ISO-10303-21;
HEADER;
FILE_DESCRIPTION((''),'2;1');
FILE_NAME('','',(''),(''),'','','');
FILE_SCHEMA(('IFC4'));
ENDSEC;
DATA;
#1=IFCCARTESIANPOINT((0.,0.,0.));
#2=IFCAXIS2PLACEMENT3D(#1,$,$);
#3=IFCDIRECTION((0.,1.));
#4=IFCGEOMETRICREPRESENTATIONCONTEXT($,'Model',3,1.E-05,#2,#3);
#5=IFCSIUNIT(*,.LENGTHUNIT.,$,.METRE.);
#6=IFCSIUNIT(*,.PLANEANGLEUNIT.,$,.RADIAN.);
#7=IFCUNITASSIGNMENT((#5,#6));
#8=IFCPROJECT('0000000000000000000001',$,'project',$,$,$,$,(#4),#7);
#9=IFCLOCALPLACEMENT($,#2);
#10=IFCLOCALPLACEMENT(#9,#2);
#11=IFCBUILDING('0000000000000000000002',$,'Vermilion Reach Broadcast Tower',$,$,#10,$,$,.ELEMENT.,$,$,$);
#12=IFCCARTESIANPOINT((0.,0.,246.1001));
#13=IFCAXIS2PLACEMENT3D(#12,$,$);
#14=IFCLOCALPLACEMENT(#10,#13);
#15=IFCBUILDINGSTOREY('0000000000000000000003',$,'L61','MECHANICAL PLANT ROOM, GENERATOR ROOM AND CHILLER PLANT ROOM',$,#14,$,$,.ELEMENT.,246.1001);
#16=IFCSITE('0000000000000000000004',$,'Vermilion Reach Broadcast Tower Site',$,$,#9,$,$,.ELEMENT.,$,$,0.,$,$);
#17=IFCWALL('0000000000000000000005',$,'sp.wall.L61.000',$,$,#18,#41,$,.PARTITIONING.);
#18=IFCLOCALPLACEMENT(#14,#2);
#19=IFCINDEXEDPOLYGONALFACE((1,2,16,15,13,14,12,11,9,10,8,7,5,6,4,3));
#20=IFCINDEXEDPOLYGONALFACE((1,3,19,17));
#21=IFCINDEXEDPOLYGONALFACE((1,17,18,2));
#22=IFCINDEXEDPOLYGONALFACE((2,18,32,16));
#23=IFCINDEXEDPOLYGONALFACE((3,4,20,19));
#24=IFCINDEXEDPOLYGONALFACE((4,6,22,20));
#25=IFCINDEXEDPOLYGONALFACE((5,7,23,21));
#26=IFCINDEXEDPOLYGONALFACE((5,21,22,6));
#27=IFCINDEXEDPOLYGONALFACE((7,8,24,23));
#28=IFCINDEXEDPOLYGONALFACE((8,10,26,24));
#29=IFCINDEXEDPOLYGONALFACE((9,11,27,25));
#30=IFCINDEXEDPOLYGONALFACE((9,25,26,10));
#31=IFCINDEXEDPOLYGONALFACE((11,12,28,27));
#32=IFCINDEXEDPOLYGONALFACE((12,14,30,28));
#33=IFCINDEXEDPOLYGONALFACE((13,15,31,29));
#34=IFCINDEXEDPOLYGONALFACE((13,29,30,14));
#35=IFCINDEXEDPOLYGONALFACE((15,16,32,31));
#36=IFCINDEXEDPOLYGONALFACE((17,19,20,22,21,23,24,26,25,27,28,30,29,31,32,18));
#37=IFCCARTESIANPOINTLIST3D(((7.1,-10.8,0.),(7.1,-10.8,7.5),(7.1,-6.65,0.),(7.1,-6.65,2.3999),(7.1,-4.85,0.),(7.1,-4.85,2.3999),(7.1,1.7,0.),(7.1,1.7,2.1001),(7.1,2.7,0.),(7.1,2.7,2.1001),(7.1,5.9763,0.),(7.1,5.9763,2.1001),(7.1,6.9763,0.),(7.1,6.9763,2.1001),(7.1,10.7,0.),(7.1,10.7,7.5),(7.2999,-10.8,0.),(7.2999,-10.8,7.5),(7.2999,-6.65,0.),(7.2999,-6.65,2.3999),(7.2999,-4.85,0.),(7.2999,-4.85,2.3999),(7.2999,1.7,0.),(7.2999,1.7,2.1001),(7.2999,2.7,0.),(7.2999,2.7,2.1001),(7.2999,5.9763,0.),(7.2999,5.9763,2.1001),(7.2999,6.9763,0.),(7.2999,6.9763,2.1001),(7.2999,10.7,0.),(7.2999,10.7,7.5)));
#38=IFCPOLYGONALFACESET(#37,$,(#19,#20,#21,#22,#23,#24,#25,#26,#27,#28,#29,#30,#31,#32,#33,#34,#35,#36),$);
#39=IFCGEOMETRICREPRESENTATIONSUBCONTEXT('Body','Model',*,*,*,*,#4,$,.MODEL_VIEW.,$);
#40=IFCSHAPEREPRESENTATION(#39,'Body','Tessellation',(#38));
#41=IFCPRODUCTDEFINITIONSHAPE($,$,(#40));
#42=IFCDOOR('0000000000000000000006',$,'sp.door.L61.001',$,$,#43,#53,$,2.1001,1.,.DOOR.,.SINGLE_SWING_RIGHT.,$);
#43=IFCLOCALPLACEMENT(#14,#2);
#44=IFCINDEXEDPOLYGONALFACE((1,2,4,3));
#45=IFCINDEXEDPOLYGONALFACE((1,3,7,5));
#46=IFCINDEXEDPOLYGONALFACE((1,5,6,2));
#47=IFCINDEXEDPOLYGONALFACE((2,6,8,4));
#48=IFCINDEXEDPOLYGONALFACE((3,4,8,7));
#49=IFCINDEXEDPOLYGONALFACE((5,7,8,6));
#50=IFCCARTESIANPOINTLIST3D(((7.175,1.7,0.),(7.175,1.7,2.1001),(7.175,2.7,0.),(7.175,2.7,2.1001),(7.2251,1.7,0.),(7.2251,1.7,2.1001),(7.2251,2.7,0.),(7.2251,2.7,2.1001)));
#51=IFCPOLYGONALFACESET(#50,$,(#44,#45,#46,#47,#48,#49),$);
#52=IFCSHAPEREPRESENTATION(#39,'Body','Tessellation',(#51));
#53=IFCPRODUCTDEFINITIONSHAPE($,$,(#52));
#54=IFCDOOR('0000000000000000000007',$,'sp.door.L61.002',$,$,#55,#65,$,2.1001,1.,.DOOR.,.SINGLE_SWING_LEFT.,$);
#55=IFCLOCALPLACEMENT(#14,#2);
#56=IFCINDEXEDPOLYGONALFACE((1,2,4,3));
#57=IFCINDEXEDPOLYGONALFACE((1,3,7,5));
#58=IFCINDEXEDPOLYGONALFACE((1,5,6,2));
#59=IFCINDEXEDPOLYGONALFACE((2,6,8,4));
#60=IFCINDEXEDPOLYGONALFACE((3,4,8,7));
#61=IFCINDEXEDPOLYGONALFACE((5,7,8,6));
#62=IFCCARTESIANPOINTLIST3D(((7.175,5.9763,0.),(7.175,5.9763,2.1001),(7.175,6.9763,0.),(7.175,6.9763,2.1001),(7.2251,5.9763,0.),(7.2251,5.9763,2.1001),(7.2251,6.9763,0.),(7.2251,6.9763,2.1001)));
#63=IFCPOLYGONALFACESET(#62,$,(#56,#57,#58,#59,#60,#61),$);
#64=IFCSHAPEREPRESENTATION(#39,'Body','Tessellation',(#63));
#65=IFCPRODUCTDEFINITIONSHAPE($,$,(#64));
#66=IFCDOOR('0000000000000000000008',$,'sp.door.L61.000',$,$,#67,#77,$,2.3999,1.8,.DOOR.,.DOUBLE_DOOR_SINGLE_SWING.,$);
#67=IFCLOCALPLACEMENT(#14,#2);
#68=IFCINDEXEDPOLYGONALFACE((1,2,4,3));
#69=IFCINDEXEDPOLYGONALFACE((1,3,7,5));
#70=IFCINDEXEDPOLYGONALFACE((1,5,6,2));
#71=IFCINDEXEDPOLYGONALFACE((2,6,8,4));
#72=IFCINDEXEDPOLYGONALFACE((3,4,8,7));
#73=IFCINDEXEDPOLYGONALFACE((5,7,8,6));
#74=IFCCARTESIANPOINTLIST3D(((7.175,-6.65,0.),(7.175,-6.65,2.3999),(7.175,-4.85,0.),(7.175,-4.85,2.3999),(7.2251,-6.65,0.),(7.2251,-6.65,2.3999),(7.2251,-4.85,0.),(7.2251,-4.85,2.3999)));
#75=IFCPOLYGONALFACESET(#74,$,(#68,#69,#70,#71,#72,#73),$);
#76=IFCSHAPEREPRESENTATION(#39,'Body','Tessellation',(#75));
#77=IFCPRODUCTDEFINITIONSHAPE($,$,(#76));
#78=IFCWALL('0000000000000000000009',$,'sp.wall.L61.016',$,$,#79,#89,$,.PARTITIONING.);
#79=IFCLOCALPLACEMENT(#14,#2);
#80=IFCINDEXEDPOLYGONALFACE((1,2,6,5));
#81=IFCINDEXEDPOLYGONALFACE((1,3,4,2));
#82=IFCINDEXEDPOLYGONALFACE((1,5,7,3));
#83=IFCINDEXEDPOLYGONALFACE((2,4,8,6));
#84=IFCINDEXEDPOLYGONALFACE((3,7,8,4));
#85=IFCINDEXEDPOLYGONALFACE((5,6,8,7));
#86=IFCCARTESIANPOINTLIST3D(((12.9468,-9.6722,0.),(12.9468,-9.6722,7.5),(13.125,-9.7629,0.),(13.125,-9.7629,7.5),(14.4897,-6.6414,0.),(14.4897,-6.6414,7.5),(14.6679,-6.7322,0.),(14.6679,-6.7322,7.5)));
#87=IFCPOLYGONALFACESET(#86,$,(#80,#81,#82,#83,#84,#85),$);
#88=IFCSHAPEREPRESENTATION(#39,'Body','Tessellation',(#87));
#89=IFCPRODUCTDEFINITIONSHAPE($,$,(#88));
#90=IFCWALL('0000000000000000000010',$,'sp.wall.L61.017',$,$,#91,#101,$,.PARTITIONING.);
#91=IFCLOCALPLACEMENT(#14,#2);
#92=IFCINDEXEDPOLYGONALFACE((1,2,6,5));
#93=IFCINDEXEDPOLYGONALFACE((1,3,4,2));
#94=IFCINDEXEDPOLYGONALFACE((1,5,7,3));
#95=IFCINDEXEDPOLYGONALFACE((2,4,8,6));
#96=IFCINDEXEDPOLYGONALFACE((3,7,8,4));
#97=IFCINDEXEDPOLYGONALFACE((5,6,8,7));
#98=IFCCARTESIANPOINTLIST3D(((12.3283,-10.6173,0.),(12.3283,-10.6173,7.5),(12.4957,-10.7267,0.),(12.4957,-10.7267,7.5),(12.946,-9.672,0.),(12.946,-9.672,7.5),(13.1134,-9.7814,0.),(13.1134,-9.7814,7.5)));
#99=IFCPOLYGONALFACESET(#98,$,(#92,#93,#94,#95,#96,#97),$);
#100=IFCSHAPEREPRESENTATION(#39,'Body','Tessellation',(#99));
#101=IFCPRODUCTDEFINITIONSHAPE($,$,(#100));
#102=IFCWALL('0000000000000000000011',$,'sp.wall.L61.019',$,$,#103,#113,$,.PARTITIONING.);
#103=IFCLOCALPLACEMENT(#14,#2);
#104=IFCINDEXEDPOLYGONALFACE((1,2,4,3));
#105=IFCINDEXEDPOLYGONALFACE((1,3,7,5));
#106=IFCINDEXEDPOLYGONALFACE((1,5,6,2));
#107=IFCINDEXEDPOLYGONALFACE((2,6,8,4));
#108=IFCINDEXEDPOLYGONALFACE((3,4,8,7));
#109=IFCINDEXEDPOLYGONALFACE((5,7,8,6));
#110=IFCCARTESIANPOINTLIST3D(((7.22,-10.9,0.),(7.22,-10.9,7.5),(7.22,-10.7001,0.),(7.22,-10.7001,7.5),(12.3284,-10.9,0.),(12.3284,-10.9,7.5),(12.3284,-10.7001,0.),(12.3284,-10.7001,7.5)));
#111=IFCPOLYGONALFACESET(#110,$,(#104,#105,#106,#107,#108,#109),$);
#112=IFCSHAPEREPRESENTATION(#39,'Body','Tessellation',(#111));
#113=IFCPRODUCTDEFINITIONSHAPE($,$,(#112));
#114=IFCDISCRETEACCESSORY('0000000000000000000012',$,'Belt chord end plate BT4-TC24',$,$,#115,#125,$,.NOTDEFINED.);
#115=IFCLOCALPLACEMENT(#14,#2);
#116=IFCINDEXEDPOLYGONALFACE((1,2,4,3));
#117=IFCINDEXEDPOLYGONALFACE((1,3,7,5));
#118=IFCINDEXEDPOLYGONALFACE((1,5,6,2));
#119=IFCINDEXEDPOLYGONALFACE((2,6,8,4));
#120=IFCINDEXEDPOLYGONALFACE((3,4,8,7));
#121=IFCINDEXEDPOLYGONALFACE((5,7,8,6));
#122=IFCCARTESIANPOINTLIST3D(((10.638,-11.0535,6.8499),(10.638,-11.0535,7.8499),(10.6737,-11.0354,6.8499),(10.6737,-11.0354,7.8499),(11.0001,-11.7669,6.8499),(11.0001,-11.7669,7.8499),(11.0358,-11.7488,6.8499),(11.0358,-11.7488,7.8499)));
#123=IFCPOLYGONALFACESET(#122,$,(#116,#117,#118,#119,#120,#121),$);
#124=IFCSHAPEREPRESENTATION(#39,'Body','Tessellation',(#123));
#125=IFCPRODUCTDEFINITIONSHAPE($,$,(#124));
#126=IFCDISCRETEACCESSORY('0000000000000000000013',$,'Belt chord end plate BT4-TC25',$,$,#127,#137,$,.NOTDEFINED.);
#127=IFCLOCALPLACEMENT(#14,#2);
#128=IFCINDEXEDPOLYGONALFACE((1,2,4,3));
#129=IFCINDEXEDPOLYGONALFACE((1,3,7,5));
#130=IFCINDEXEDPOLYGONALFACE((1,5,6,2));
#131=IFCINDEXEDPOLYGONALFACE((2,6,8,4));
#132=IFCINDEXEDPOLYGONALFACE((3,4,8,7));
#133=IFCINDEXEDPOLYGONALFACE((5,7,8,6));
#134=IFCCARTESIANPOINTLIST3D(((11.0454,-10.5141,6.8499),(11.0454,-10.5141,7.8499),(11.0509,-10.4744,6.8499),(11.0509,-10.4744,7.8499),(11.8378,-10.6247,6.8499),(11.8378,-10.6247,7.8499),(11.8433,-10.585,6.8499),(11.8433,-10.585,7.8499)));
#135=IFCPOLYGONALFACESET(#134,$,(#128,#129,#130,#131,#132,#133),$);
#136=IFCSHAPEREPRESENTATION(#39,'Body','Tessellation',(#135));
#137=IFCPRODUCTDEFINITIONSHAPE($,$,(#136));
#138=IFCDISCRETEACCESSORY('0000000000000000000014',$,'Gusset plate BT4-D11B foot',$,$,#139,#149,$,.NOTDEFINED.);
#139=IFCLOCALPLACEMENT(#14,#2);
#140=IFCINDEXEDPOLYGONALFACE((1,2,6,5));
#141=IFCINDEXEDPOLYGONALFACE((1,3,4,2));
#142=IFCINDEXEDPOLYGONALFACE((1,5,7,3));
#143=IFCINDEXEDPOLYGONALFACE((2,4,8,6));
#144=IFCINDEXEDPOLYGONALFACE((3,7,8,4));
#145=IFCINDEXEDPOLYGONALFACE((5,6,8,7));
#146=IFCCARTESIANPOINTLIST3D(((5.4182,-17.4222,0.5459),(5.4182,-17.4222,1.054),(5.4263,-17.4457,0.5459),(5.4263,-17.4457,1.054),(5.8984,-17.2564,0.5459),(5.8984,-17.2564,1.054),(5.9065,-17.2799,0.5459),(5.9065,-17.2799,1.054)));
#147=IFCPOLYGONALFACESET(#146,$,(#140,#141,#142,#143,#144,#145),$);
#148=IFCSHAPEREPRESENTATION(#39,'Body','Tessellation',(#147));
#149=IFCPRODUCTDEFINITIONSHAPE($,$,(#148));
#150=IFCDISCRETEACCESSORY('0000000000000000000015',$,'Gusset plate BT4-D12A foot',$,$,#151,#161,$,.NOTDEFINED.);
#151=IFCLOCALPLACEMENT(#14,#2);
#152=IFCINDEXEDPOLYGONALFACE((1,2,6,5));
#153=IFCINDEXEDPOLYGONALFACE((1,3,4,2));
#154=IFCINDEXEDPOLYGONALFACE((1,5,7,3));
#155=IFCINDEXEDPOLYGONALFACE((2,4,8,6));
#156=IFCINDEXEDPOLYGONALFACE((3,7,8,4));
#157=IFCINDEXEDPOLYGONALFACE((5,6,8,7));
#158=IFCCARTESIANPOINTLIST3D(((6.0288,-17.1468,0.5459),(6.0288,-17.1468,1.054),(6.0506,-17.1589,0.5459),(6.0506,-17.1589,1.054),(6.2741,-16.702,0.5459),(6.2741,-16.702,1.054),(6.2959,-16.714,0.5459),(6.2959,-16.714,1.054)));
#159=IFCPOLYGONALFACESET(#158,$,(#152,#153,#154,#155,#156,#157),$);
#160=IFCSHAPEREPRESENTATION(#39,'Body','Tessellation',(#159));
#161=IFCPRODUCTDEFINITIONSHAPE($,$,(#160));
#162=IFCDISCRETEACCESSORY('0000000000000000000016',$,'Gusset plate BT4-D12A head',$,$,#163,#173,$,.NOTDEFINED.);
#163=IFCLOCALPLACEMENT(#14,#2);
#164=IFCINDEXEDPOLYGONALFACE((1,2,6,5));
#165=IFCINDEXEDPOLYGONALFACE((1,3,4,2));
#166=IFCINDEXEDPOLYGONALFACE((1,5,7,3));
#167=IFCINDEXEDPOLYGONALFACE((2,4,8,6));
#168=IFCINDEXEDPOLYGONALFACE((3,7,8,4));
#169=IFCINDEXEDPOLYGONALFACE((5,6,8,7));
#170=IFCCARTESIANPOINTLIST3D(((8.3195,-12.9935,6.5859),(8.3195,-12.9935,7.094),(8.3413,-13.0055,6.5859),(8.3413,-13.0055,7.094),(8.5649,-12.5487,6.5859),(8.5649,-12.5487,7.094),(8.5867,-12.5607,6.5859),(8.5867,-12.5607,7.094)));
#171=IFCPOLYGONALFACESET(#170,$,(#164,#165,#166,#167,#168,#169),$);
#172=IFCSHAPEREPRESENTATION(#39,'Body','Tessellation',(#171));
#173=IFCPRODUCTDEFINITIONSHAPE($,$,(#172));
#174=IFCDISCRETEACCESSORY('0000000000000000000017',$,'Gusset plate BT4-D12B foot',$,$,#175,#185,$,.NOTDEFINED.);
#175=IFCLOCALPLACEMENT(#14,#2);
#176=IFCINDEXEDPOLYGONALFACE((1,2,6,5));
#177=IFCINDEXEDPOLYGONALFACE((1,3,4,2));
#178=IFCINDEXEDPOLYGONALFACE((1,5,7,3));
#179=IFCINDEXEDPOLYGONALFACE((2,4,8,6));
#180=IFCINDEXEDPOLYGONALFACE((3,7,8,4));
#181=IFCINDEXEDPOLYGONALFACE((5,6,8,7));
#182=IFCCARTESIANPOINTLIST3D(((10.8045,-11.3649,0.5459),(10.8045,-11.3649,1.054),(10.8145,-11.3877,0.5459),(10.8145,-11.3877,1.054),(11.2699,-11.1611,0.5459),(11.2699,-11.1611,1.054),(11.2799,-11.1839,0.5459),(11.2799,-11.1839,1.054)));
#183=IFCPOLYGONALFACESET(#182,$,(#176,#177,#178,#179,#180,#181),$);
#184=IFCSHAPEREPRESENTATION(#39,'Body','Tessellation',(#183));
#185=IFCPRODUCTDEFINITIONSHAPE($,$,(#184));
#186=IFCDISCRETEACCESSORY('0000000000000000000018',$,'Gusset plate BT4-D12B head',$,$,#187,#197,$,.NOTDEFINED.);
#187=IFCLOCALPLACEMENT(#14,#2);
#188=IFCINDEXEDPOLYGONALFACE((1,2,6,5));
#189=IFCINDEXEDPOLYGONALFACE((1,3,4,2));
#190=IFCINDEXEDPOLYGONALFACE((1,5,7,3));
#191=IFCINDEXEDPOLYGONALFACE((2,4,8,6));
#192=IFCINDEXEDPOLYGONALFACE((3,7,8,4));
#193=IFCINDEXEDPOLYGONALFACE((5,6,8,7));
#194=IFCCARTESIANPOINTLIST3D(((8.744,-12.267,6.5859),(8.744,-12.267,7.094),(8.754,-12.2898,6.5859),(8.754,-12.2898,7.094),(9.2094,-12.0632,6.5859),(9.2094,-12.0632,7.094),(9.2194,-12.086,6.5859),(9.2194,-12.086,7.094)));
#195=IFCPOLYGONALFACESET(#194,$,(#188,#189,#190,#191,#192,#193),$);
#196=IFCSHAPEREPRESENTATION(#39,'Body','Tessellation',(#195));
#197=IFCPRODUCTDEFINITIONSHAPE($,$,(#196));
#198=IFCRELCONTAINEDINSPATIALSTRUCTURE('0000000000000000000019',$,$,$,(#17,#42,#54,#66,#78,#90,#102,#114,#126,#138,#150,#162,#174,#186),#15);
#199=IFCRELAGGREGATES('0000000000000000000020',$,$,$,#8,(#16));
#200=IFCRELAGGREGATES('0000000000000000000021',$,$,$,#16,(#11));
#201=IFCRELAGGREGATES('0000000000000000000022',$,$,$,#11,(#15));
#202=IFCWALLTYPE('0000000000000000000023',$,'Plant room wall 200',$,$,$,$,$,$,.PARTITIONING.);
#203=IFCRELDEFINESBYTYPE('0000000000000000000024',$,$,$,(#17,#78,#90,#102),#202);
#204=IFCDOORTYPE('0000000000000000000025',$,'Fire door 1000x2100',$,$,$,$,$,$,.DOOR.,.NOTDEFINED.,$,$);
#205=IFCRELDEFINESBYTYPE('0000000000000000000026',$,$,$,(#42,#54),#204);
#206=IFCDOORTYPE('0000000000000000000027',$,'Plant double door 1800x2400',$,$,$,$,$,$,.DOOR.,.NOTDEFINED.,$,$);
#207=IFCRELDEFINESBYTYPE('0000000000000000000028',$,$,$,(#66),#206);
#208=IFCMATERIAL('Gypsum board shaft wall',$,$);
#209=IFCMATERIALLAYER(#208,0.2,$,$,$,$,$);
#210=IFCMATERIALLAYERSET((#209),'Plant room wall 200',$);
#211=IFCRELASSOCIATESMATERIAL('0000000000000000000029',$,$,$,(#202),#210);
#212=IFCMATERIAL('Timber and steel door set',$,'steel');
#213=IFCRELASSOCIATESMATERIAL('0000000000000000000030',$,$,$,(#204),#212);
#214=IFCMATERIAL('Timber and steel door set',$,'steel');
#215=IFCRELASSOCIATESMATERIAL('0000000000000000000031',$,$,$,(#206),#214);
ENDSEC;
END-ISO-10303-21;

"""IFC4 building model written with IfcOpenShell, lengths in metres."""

from ifc_helpers import new_model, si_unit, direction, frame, frame_2d, origin, origin_2d, place, context, subcontext, project, spatial, rectangle, extrude, material, layer, layer_set, type_object, element, fill, save


model = new_model("IFC4")

# Units and contexts
model_context = context("Model", 3, precision=1e-05, world=origin(), true_north=direction((0.0, 1.0)))
body_context = subcontext(model_context, "Body", "Model", "MODEL_VIEW")
ifc_project = project(units=[si_unit("LENGTHUNIT", "METRE"), si_unit("PLANEANGLEUNIT", "RADIAN")], contexts=[model_context])

# Site, building, storey
site_placement = place(None, origin())
site = spatial("IfcSite", under=ifc_project, at=site_placement, Name="Vermilion Reach Broadcast Tower Site", CompositionType="ELEMENT", RefElevation=0.0)
building_placement = place(site_placement, origin())
building = spatial("IfcBuilding", under=site, at=building_placement, Name="Vermilion Reach Broadcast Tower", CompositionType="ELEMENT")
storey_placement = place(building_placement, frame((0.0, 0.0, 246.1001)))
storey = spatial("IfcBuildingStorey", under=building, at=storey_placement, Name="L61", Description="MECHANICAL PLANT ROOM, GENERATOR ROOM AND CHILLER PLANT ROOM", CompositionType="ELEMENT", Elevation=246.1001)

# Wall, openings, doors
ifc_material_1 = material(Name="Gypsum board shaft wall")
ifc_layer = layer(ifc_material_1, 0.2)
ifc_layer_set = layer_set([ifc_layer], Name="Plant room wall 200")
wall_type = type_object("IfcWallType", Name="Plant room wall 200", PredefinedType="PARTITIONING", material=ifc_layer_set)
wall_1_placement = place(storey_placement, frame((7.2, -10.8, 0.0), z_axis=(0.0, 0.0, 1.0), x_axis=(0.0, 1.0, 0.0)))
wall_1 = element("IfcWall", 1, at=wall_1_placement, inside=storey, type_object=wall_type, Name="sp.wall.L61.000", PredefinedType="PARTITIONING", context=body_context, shape_type="SweptSolid", body=[
    extrude(rectangle(XDim=21.5, YDim=0.2, at=frame_2d((10.75, 0.0))), origin(), (0.0, 0.0, 1.0), 7.5),
])
opening_1_placement = place(wall_1_placement, frame((4.1501, 0.0, 0.0)))
opening_1 = element("IfcOpeningElement", 2, at=opening_1_placement, cuts=wall_1, PredefinedType="OPENING", context=body_context, shape_type="SweptSolid", body=[
    extrude(rectangle(XDim=1.8, YDim=2.3999, at=frame_2d((0.8999, 1.2))), frame((0.0, 0.1099, 0.0), z_axis=(0.0, -1.0, 0.0), x_axis=(1.0, 0.0, 0.0)), (0.0, 0.0, 1.0), 0.22),
])
opening_2_placement = place(wall_1_placement, frame((12.5, 0.0, 0.0)))
opening_2 = element("IfcOpeningElement", 3, at=opening_2_placement, cuts=wall_1, PredefinedType="OPENING", context=body_context, shape_type="SweptSolid", body=[
    extrude(rectangle(XDim=1.0, YDim=2.1001, at=frame_2d((0.5, 1.05))), frame((0.0, 0.1099, 0.0), z_axis=(0.0, -1.0, 0.0), x_axis=(1.0, 0.0, 0.0)), (0.0, 0.0, 1.0), 0.22),
])
opening_3_placement = place(wall_1_placement, frame((16.7764, 0.0, 0.0)))
opening_3 = element("IfcOpeningElement", 4, at=opening_3_placement, cuts=wall_1, PredefinedType="OPENING", context=body_context, shape_type="SweptSolid", body=[
    extrude(rectangle(XDim=1.0, YDim=2.1001, at=frame_2d((0.5, 1.05))), frame((0.0, 0.1099, 0.0), z_axis=(0.0, -1.0, 0.0), x_axis=(1.0, 0.0, 0.0)), (0.0, 0.0, 1.0), 0.22),
])
ifc_material_2 = material(Name="Timber and steel door set", Category="steel")
door_type_1 = type_object("IfcDoorType", Name="Fire door 1000x2100", OperationType="NOTDEFINED", PredefinedType="DOOR", material=ifc_material_2)
door_1_placement = place(opening_2_placement, origin())
door_1 = element("IfcDoor", 5, at=door_1_placement, inside=storey, type_object=door_type_1, Name="sp.door.L61.001", OperationType="SINGLE_SWING_RIGHT", OverallHeight=2.1001, OverallWidth=1.0, PredefinedType="DOOR", context=body_context, shape_type="SweptSolid", body=[
    extrude(rectangle(XDim=1.0, YDim=2.1001, at=frame_2d((0.5, 1.05))), frame((0.0, 0.0249, 0.0), z_axis=(0.0, -1.0, 0.0), x_axis=(1.0, 0.0, 0.0)), (0.0, 0.0, 1.0), 0.05),
])
fill(opening_2, door_1)
door_2_placement = place(opening_3_placement, origin())
door_2 = element("IfcDoor", 6, at=door_2_placement, inside=storey, type_object=door_type_1, Name="sp.door.L61.002", OperationType="SINGLE_SWING_LEFT", OverallHeight=2.1001, OverallWidth=1.0, PredefinedType="DOOR", context=body_context, shape_type="SweptSolid", body=[
    extrude(rectangle(XDim=1.0, YDim=2.1001, at=frame_2d((0.5, 1.05))), frame((0.0, 0.0249, 0.0), z_axis=(0.0, -1.0, 0.0), x_axis=(1.0, 0.0, 0.0)), (0.0, 0.0, 1.0), 0.05),
])
fill(opening_3, door_2)
ifc_material_3 = material(Name="Timber and steel door set", Category="steel")
door_type_2 = type_object("IfcDoorType", Name="Plant double door 1800x2400", OperationType="NOTDEFINED", PredefinedType="DOOR", material=ifc_material_3)
door_3_placement = place(opening_1_placement, origin())
door_3 = element("IfcDoor", 7, at=door_3_placement, inside=storey, type_object=door_type_2, Name="sp.door.L61.000", OperationType="DOUBLE_DOOR_SINGLE_SWING", OverallHeight=2.3999, OverallWidth=1.8, PredefinedType="DOOR", context=body_context, shape_type="SweptSolid", body=[
    extrude(rectangle(XDim=1.8, YDim=2.3999, at=frame_2d((0.8999, 1.2))), frame((0.0, 0.0249, 0.0), z_axis=(0.0, -1.0, 0.0), x_axis=(1.0, 0.0, 0.0)), (0.0, 0.0, 1.0), 0.05),
])
fill(opening_1, door_3)

# Walls
wall_2_placement = place(storey_placement, frame((13.0359, -9.7175, 0.0), z_axis=(0.0, 0.0, 1.0), x_axis=(0.453691, 0.891159, 0.0)))
element("IfcWall", 8, at=wall_2_placement, inside=storey, type_object=wall_type, Name="sp.wall.L61.016", PredefinedType="PARTITIONING", context=body_context, shape_type="SweptSolid", body=[
    extrude(rectangle(XDim=3.4009, YDim=0.2, at=frame_2d((1.7004, 0.0))), origin(), (0.0, 0.0, 1.0), 7.5),
])
wall_3_placement = place(storey_placement, frame((12.4121, -10.6719, 0.0), z_axis=(0.0, 0.0, 1.0), x_axis=(0.546993, 0.837137, 0.0)))
element("IfcWall", 9, at=wall_3_placement, inside=storey, type_object=wall_type, Name="sp.wall.L61.017", PredefinedType="PARTITIONING", context=body_context, shape_type="SweptSolid", body=[
    extrude(rectangle(XDim=1.1292, YDim=0.2, at=frame_2d((0.5645, 0.0))), origin(), (0.0, 0.0, 1.0), 7.5),
])
wall_4_placement = place(storey_placement, frame((7.22, -10.8, 0.0), z_axis=(0.0, 0.0, 1.0), x_axis=(1.0, 0.0, 0.0)))
element("IfcWall", 10, at=wall_4_placement, inside=storey, type_object=wall_type, Name="sp.wall.L61.019", PredefinedType="PARTITIONING", context=body_context, shape_type="SweptSolid", body=[
    extrude(rectangle(XDim=5.1084, YDim=0.2, at=frame_2d((2.5542, 0.0))), origin(), (0.0, 0.0, 1.0), 7.5),
])

# Discrete accessories
for number, where, z_axis, x_axis, name in (
    (11, (10.8369, -11.4011, 6.8499), (0.0, 0.0, 1.0), (0.891683, 0.45266, 0.0), "Belt chord end plate BT4-TC24"),
    (12, (11.4443, -10.5496, 6.8499), (0.0, 0.0, 1.0), (-0.138227, -0.990401, 0.0), "Belt chord end plate BT4-TC25"),
):
    element("IfcDiscreteAccessory", number, at=place(storey_placement, frame(where, z_axis=z_axis, x_axis=x_axis)), inside=storey, Name=name, PredefinedType="NOTDEFINED", context=body_context, shape_type="SweptSolid", body=[
        extrude(rectangle(XDim=0.04, YDim=0.8, at=origin_2d()), origin(), (0.0, 0.0, 1.0), 1.0),
    ])
for number, where, z_axis, x_axis, name in (
    (13, (5.6624, -17.3511, 0.5459), (0.0, 0.0, 1.0), (0.326331, -0.945256, 0.0), "Gusset plate BT4-D11B foot"),
    (14, (6.1624, -16.9304, 0.5459), (0.0, 0.0, 1.0), (-0.875626, 0.48299, 0.0), "Gusset plate BT4-D12A foot"),
    (15, (8.4531, -12.7771, 6.5859), (0.0, 0.0, 1.0), (-0.875626, 0.48299, 0.0), "Gusset plate BT4-D12A head"),
    (16, (11.0422, -11.2744, 0.5459), (0.0, 0.0, 1.0), (0.401095, -0.916036, 0.0), "Gusset plate BT4-D12B foot"),
    (17, (8.9817, -12.1765, 6.5859), (0.0, 0.0, 1.0), (0.401095, -0.916036, 0.0), "Gusset plate BT4-D12B head"),
):
    element("IfcDiscreteAccessory", number, at=place(storey_placement, frame(where, z_axis=z_axis, x_axis=x_axis)), inside=storey, Name=name, PredefinedType="NOTDEFINED", context=body_context, shape_type="SweptSolid", body=[
        extrude(rectangle(XDim=0.0249, YDim=0.5081, at=origin_2d()), origin(), (0.0, 0.0, 1.0), 0.5081),
    ])

save(model, "model.ifc")
